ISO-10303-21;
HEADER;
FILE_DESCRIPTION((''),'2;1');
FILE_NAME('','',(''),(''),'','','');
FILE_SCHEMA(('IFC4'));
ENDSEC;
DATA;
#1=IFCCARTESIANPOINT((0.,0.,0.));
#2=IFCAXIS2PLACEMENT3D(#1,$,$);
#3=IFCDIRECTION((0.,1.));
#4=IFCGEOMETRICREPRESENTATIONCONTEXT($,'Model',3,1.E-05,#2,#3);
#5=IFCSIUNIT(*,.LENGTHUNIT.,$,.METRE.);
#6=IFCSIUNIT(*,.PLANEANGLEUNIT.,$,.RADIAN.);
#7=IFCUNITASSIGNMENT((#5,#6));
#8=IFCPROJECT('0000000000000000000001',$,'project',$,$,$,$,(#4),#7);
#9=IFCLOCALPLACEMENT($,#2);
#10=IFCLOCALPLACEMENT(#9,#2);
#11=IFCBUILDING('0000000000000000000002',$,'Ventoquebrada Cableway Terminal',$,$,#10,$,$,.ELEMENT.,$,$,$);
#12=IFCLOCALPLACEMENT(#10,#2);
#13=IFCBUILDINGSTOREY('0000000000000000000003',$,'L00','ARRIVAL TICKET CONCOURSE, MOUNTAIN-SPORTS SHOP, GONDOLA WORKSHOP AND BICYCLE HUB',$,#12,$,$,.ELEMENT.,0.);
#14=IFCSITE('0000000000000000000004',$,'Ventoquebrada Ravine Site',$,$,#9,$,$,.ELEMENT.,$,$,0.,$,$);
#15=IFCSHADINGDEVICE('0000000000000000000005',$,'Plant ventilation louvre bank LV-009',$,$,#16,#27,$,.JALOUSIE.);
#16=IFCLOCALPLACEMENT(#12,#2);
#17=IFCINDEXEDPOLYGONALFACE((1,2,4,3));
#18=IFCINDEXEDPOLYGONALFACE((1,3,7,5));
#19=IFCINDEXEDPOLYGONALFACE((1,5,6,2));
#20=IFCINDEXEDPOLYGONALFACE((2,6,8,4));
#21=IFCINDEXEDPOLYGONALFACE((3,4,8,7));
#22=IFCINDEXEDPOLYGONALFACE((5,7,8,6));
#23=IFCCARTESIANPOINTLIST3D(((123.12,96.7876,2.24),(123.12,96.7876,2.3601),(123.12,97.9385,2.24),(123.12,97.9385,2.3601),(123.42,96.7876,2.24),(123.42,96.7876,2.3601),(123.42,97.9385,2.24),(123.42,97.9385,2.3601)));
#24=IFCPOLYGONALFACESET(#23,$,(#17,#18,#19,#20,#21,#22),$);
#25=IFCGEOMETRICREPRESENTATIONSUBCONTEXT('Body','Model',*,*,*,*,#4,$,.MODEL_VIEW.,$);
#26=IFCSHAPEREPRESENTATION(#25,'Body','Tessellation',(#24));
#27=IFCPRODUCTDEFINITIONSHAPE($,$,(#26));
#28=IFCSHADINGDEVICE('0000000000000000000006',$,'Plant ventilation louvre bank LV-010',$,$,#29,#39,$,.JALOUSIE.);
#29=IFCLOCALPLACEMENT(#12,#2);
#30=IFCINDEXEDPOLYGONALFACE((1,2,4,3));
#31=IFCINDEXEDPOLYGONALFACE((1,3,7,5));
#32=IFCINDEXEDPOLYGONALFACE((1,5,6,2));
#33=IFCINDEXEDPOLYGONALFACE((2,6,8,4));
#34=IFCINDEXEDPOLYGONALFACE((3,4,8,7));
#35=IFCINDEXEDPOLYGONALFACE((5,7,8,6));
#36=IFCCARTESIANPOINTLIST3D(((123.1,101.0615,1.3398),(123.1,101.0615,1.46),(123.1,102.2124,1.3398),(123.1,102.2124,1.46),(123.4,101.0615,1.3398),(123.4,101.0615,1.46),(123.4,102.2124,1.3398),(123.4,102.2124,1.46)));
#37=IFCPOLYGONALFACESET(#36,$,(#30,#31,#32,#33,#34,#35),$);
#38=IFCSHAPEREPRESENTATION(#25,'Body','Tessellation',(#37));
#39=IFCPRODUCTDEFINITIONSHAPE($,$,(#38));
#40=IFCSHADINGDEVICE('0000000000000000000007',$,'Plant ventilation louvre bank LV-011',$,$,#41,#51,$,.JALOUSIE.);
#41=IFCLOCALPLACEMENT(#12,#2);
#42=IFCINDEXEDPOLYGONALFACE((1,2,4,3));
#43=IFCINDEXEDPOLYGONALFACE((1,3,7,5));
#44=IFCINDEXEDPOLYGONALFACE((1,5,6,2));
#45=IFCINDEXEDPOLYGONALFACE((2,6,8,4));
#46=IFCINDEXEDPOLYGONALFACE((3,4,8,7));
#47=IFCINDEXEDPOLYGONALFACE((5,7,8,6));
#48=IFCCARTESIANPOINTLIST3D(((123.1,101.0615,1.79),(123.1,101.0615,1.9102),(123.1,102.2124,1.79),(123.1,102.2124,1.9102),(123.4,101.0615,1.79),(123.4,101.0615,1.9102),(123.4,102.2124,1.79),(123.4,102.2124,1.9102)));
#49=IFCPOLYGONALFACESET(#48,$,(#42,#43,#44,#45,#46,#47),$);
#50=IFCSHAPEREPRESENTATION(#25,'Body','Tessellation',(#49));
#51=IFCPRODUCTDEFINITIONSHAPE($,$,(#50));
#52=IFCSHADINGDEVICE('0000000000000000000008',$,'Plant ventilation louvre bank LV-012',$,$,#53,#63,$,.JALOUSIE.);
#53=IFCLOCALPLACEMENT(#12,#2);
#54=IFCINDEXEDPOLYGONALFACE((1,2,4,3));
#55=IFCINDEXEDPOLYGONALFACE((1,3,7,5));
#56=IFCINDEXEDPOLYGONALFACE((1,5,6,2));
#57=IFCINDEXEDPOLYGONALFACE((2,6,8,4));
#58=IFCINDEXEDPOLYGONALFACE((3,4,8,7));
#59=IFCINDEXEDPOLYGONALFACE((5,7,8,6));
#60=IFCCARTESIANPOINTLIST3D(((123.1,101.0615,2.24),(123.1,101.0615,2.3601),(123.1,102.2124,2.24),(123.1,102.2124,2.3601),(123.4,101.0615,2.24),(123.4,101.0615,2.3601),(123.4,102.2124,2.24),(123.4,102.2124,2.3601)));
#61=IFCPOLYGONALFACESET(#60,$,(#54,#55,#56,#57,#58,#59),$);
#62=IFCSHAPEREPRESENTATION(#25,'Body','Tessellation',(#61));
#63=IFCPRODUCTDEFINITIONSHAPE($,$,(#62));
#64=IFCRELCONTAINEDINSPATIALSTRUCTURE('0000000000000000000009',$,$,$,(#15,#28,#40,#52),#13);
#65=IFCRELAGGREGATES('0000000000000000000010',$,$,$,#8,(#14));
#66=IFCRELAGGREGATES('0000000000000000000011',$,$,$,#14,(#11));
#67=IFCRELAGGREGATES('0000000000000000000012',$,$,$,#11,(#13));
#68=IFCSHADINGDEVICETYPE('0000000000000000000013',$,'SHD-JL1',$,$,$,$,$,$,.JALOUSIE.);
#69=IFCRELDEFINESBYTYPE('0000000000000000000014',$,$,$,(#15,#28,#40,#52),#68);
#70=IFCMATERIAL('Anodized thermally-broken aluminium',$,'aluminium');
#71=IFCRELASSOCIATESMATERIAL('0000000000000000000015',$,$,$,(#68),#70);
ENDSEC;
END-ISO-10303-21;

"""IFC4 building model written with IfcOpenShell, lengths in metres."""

from ifc_helpers import new_model, si_unit, direction, frame, origin, origin_2d, place, context, subcontext, project, spatial, rectangle, extrude, material, type_object, element, save


model = new_model("IFC4")

# Units and contexts
model_context = context("Model", 3, precision=1e-05, world=origin(), true_north=direction((0.0, 1.0)))
body_context = subcontext(model_context, "Body", "Model", "MODEL_VIEW")
ifc_project = project(units=[si_unit("LENGTHUNIT", "METRE"), si_unit("PLANEANGLEUNIT", "RADIAN")], contexts=[model_context])

# Site, building, storey
site_placement = place(None, origin())
site = spatial("IfcSite", under=ifc_project, at=site_placement, Name="Ventoquebrada Ravine Site", CompositionType="ELEMENT", RefElevation=0.0)
building_placement = place(site_placement, origin())
building = spatial("IfcBuilding", under=site, at=building_placement, Name="Ventoquebrada Cableway Terminal", CompositionType="ELEMENT")
storey_placement = place(building_placement, origin())
storey = spatial("IfcBuildingStorey", under=building, at=storey_placement, Name="L00", Description="ARRIVAL TICKET CONCOURSE, MOUNTAIN-SPORTS SHOP, GONDOLA WORKSHOP AND BICYCLE HUB", CompositionType="ELEMENT", Elevation=0.0)

# Shading devices
ifc_material_1 = material(Name="Anodized thermally-broken aluminium", Category="aluminium")
shading_device_type = type_object("IfcShadingDeviceType", Name="SHD-JL1", PredefinedType="JALOUSIE", material=ifc_material_1)
for number, where, z_axis, x_axis, name in (
    (1, (123.27, 97.363, 2.24), (0.0, 0.0, 1.0), (0.0, 1.0, 0.0), "Plant ventilation louvre bank LV-009"),
    (2, (123.25, 101.637, 1.3398), (0.0, 0.0, 1.0), (0.0, 1.0, 0.0), "Plant ventilation louvre bank LV-010"),
    (3, (123.25, 101.637, 1.79), (0.0, 0.0, 1.0), (0.0, 1.0, 0.0), "Plant ventilation louvre bank LV-011"),
    (4, (123.25, 101.637, 2.24), (0.0, 0.0, 1.0), (0.0, 1.0, 0.0), "Plant ventilation louvre bank LV-012"),
):
    element("IfcShadingDevice", number, at=place(storey_placement, frame(where, z_axis=z_axis, x_axis=x_axis)), inside=storey, type_object=shading_device_type, Name=name, PredefinedType="JALOUSIE", context=body_context, shape_type="SweptSolid", body=[
        extrude(rectangle(XDim=1.1509, YDim=0.3, at=origin_2d()), origin(), (0.0, 0.0, 1.0), 0.1201),
    ])

save(model, "model.ifc")
